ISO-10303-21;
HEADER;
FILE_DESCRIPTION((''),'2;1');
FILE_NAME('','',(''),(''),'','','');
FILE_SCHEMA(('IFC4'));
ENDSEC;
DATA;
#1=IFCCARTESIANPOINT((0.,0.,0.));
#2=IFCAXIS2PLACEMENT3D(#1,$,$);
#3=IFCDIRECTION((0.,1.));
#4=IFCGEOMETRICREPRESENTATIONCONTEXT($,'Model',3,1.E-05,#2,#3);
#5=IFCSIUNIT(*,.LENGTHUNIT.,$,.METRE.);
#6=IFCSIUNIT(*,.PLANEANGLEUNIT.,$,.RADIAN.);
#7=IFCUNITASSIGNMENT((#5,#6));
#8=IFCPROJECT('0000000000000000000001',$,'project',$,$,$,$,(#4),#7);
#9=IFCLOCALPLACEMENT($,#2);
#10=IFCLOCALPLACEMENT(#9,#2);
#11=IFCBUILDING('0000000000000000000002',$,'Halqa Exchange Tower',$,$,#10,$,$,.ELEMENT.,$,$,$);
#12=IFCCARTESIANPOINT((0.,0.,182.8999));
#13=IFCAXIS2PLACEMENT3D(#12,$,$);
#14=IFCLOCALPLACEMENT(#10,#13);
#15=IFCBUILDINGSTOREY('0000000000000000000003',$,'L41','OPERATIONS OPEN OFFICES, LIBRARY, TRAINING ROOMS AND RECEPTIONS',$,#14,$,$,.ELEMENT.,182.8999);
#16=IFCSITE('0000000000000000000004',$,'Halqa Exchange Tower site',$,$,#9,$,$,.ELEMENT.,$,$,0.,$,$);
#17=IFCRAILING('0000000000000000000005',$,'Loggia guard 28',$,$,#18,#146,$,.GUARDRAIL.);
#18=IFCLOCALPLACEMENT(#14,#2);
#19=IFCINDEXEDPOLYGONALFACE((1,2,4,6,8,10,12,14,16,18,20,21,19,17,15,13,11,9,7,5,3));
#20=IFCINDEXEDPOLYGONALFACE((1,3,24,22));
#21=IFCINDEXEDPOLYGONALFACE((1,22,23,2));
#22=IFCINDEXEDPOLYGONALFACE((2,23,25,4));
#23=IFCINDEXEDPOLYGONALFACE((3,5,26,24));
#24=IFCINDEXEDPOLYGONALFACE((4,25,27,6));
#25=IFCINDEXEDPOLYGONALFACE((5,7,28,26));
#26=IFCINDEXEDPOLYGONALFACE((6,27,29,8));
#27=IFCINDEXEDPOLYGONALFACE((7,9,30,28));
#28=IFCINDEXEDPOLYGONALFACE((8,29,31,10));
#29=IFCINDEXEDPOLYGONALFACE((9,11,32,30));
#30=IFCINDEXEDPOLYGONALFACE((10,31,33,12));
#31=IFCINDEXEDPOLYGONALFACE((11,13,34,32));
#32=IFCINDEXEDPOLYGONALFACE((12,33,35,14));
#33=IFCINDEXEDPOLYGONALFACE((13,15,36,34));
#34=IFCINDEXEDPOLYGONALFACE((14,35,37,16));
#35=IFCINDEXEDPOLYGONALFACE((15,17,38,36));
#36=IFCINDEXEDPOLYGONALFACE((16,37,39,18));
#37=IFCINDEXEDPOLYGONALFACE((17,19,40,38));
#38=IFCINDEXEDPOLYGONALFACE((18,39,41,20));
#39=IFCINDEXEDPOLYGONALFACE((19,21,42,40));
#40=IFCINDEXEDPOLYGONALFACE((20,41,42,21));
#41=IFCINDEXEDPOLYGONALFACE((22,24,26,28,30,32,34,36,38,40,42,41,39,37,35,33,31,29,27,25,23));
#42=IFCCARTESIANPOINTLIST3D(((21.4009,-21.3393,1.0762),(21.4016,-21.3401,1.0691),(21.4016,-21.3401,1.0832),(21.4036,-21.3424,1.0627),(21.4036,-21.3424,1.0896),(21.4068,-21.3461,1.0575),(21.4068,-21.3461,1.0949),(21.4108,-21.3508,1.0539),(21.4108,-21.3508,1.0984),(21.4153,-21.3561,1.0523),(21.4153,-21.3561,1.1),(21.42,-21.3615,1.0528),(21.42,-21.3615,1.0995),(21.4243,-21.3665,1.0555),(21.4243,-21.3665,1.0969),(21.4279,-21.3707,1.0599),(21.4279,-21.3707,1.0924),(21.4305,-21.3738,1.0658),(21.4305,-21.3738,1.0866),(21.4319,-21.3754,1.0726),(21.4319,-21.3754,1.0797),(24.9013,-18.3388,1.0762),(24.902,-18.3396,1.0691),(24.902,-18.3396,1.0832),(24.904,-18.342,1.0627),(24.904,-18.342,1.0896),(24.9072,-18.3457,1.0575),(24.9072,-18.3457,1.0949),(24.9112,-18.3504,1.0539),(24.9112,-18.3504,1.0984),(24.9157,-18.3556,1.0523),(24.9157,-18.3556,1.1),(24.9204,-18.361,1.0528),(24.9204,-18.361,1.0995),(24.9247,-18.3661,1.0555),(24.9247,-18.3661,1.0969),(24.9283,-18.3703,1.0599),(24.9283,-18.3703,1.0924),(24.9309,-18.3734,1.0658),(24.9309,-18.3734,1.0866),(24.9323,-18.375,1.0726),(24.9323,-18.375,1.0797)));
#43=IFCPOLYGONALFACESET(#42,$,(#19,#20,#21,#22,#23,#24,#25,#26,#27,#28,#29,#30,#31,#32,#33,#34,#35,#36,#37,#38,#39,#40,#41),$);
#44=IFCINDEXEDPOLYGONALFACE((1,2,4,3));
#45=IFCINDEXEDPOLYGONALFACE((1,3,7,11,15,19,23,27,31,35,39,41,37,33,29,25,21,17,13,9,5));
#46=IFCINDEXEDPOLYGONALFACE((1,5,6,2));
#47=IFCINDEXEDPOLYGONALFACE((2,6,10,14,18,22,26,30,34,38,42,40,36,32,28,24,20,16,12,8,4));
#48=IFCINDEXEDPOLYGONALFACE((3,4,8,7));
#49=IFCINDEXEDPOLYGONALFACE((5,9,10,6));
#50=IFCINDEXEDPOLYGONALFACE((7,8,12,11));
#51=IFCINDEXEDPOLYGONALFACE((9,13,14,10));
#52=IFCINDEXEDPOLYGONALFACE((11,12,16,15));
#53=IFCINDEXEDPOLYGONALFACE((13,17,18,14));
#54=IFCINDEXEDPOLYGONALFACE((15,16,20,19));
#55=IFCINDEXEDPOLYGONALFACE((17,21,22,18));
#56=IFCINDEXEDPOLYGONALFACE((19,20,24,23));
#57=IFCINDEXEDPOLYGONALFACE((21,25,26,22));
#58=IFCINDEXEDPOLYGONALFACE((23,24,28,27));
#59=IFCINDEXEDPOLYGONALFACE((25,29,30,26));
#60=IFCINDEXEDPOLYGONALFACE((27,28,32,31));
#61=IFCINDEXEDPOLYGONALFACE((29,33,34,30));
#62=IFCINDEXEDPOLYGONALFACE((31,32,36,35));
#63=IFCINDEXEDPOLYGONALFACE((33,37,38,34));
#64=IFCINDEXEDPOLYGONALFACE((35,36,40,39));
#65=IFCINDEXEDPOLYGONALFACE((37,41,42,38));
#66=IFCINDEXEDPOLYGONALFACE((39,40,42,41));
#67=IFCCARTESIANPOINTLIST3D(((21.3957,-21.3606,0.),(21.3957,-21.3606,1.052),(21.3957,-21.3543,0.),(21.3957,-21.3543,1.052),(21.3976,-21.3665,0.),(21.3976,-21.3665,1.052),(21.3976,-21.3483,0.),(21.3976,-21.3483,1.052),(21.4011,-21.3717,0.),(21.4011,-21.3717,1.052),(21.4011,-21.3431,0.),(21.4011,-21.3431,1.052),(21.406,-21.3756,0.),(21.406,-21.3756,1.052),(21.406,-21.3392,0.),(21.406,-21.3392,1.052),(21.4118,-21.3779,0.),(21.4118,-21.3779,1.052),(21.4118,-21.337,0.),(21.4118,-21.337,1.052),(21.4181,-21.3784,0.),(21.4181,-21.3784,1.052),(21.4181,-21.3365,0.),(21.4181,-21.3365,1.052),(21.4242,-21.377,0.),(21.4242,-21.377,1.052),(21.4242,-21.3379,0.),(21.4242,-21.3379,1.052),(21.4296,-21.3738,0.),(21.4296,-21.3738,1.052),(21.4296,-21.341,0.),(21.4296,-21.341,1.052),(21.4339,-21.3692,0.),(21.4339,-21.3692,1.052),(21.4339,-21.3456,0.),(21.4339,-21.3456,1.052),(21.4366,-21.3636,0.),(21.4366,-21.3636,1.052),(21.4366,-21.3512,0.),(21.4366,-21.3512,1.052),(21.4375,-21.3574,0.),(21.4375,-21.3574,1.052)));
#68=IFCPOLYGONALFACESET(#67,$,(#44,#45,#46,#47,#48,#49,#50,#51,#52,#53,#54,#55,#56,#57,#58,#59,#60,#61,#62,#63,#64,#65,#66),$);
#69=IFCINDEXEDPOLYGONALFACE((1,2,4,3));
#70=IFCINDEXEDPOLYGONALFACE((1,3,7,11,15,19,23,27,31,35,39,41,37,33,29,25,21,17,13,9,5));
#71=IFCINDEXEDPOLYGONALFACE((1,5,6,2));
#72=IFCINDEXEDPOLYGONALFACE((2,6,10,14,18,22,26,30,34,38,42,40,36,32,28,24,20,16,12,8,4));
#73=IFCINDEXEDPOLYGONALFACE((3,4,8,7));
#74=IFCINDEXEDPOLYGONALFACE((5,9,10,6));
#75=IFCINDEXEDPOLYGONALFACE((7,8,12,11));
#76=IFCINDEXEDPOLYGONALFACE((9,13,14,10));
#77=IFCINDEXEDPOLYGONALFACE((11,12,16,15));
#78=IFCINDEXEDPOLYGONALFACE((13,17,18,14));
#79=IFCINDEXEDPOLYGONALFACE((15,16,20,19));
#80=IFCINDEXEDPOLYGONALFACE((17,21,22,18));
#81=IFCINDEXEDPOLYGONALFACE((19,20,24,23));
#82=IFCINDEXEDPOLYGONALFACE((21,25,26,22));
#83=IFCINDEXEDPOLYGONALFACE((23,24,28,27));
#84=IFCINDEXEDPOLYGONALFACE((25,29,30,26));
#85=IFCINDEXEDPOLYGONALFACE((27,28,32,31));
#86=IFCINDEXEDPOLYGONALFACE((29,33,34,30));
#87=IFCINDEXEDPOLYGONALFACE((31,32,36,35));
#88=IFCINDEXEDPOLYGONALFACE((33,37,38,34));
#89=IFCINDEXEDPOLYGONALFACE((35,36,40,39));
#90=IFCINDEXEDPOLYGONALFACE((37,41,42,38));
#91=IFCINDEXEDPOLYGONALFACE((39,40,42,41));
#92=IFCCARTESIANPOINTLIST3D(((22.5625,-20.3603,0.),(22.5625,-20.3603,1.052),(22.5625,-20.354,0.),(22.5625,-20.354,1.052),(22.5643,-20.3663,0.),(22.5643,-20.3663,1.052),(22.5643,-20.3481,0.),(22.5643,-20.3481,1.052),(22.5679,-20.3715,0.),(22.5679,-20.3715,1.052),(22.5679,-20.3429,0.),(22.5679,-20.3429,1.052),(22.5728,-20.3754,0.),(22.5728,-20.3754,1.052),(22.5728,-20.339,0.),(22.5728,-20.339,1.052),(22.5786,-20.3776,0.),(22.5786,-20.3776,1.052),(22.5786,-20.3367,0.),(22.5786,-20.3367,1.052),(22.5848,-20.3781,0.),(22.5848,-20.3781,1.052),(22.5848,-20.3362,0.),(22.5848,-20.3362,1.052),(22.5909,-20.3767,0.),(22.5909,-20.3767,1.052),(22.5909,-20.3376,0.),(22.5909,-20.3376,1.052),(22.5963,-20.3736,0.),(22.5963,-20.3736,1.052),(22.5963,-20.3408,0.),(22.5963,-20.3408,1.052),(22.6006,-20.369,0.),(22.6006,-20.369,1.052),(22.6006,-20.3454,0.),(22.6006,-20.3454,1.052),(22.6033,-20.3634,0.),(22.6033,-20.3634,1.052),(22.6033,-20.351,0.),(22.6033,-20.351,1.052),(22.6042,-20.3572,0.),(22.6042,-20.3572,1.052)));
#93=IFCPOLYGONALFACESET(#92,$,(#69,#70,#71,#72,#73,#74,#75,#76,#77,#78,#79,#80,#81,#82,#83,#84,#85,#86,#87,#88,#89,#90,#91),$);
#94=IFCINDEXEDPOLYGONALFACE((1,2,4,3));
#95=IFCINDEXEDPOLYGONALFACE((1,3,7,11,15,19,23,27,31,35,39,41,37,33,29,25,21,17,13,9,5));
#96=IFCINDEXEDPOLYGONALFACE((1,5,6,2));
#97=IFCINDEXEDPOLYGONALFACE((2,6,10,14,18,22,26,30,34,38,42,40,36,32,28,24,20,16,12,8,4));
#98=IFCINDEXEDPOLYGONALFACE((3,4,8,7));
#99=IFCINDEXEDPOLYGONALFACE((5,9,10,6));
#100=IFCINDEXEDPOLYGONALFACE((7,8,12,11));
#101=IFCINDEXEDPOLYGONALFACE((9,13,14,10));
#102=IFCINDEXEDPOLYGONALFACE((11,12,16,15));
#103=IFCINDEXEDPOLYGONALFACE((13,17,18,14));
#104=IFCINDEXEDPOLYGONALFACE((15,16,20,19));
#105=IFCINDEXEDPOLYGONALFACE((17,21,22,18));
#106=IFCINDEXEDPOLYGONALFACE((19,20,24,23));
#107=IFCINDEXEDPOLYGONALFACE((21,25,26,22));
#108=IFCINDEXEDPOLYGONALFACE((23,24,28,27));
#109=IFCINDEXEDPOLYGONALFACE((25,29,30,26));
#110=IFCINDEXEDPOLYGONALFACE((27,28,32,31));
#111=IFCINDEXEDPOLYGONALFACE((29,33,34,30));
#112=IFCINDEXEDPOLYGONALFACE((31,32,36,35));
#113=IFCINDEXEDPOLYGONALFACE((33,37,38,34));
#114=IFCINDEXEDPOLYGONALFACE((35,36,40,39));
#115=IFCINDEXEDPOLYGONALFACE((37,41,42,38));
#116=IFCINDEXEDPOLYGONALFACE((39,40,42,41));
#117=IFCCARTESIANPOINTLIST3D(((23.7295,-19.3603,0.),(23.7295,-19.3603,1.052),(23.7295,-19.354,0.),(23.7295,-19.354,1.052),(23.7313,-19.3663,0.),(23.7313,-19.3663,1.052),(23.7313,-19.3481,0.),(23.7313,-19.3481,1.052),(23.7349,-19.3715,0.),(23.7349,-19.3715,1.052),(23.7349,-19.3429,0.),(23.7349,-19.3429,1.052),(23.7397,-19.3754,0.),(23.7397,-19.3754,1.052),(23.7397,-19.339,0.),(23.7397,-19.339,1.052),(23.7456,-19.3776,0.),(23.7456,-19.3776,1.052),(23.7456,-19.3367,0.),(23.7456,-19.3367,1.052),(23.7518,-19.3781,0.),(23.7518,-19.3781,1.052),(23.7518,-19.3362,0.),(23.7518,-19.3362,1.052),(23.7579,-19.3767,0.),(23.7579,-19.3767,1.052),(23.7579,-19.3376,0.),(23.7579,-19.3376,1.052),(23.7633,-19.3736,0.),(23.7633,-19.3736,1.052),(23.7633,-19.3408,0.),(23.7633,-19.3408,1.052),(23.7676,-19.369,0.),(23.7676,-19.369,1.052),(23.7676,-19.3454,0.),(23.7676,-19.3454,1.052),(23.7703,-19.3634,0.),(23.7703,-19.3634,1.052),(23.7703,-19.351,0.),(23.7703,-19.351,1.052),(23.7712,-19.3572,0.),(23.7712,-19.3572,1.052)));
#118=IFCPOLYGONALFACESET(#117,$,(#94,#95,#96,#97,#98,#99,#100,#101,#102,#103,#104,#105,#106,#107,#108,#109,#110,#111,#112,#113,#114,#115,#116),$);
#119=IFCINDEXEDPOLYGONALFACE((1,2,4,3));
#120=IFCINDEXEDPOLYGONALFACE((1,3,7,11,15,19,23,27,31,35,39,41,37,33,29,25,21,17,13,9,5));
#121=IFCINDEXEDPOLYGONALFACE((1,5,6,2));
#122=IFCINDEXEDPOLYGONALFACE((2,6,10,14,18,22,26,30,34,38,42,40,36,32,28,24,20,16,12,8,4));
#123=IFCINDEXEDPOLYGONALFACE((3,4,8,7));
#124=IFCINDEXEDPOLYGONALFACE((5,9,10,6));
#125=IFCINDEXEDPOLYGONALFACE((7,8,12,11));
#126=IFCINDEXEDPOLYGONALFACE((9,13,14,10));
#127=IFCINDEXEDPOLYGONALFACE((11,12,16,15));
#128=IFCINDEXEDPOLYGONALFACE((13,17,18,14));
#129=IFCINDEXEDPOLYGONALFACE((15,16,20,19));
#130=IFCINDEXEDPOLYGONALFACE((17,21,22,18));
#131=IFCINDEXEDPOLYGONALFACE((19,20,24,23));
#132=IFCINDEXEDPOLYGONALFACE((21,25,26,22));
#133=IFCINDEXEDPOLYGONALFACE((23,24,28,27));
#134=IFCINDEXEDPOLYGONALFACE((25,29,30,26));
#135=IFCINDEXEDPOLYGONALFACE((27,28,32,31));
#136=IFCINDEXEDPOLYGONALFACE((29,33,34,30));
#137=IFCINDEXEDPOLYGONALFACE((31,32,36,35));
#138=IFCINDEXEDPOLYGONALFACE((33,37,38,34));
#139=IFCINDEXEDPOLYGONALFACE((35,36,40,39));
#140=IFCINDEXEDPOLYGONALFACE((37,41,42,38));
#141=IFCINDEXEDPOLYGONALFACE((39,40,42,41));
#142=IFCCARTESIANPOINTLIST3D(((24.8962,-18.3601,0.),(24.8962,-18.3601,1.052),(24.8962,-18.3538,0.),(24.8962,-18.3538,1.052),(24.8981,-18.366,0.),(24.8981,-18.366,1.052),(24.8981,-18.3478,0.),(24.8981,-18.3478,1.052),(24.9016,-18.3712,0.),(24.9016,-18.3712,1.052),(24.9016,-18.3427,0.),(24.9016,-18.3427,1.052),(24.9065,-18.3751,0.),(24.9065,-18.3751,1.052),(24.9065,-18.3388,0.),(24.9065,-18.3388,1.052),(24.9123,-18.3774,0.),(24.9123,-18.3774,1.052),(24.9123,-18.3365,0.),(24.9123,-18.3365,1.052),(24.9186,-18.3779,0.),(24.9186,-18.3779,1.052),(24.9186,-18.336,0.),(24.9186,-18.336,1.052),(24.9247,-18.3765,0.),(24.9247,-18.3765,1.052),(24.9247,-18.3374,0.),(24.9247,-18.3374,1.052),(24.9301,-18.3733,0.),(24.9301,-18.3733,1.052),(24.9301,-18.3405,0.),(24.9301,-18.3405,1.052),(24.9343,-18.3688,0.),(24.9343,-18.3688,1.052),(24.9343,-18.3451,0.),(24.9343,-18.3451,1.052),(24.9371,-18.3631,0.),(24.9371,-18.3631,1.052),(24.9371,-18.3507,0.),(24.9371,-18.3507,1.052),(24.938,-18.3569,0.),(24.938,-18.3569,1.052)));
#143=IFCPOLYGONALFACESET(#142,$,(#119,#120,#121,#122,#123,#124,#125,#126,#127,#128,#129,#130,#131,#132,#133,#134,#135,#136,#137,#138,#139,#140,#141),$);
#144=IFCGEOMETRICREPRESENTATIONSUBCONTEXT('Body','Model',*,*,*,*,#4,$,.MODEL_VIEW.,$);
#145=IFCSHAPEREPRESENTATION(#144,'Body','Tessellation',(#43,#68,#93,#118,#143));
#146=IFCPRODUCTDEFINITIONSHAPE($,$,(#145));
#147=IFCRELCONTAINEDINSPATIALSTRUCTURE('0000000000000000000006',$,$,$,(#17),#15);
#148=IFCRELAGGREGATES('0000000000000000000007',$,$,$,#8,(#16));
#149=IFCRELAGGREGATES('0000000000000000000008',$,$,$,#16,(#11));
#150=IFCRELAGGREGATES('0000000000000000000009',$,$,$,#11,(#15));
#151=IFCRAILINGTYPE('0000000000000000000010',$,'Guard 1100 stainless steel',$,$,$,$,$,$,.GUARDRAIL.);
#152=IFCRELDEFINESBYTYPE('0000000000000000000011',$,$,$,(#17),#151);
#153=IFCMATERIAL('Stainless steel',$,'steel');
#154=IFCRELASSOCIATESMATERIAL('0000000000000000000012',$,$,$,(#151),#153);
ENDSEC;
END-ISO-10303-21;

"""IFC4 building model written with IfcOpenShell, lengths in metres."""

from ifc_helpers import new_model, si_unit, direction, frame, origin, origin_2d, place, context, subcontext, project, spatial, circle, extrude, material, type_object, element, save


model = new_model("IFC4")

# Units and contexts
model_context = context("Model", 3, precision=1e-05, world=origin(), true_north=direction((0.0, 1.0)))
body_context = subcontext(model_context, "Body", "Model", "MODEL_VIEW")
ifc_project = project(units=[si_unit("LENGTHUNIT", "METRE"), si_unit("PLANEANGLEUNIT", "RADIAN")], contexts=[model_context])

# Site, building, storey
site_placement = place(None, origin())
site = spatial("IfcSite", under=ifc_project, at=site_placement, Name="Halqa Exchange Tower site", CompositionType="ELEMENT", RefElevation=0.0)
building_placement = place(site_placement, origin())
building = spatial("IfcBuilding", under=site, at=building_placement, Name="Halqa Exchange Tower", CompositionType="ELEMENT")
storey_placement = place(building_placement, frame((0.0, 0.0, 182.8999)))
storey = spatial("IfcBuildingStorey", under=building, at=storey_placement, Name="L41", Description="OPERATIONS OPEN OFFICES, LIBRARY, TRAINING ROOMS AND RECEPTIONS", CompositionType="ELEMENT", Elevation=182.8999)

# Railing
ifc_material_1 = material(Name="Stainless steel", Category="steel")
railing_type = type_object("IfcRailingType", Name="Guard 1100 stainless steel", PredefinedType="GUARDRAIL", material=ifc_material_1)
railing_1_placement = place(storey_placement, frame((21.4165, -21.3574, 0.0)))
element("IfcRailing", 1, at=railing_1_placement, inside=storey, type_object=railing_type, Name="Loggia guard 28", PredefinedType="GUARDRAIL", context=body_context, shape_type="SweptSolid", body=[
    extrude(circle(Radius=0.0239, at=origin_2d()), frame((0.0, 0.0, 1.0762), z_axis=(0.759249, 0.6508, 0.0), x_axis=(-0.6508, 0.759249, 0.0)), (0.0, 0.0, 1.0), 4.6104),
    extrude(circle(Radius=0.021, at=origin_2d()), origin(), (0.0, 0.0, 1.0), 1.052),
    extrude(circle(Radius=0.021, at=origin_2d()), frame((1.1667, 1.0002, 0.0)), (0.0, 0.0, 1.0), 1.052),
    extrude(circle(Radius=0.021, at=origin_2d()), frame((2.3337, 2.0002, 0.0)), (0.0, 0.0, 1.0), 1.052),
    extrude(circle(Radius=0.021, at=origin_2d()), frame((3.5005, 3.0005, 0.0)), (0.0, 0.0, 1.0), 1.052),
])

save(model, "model.ifc")
